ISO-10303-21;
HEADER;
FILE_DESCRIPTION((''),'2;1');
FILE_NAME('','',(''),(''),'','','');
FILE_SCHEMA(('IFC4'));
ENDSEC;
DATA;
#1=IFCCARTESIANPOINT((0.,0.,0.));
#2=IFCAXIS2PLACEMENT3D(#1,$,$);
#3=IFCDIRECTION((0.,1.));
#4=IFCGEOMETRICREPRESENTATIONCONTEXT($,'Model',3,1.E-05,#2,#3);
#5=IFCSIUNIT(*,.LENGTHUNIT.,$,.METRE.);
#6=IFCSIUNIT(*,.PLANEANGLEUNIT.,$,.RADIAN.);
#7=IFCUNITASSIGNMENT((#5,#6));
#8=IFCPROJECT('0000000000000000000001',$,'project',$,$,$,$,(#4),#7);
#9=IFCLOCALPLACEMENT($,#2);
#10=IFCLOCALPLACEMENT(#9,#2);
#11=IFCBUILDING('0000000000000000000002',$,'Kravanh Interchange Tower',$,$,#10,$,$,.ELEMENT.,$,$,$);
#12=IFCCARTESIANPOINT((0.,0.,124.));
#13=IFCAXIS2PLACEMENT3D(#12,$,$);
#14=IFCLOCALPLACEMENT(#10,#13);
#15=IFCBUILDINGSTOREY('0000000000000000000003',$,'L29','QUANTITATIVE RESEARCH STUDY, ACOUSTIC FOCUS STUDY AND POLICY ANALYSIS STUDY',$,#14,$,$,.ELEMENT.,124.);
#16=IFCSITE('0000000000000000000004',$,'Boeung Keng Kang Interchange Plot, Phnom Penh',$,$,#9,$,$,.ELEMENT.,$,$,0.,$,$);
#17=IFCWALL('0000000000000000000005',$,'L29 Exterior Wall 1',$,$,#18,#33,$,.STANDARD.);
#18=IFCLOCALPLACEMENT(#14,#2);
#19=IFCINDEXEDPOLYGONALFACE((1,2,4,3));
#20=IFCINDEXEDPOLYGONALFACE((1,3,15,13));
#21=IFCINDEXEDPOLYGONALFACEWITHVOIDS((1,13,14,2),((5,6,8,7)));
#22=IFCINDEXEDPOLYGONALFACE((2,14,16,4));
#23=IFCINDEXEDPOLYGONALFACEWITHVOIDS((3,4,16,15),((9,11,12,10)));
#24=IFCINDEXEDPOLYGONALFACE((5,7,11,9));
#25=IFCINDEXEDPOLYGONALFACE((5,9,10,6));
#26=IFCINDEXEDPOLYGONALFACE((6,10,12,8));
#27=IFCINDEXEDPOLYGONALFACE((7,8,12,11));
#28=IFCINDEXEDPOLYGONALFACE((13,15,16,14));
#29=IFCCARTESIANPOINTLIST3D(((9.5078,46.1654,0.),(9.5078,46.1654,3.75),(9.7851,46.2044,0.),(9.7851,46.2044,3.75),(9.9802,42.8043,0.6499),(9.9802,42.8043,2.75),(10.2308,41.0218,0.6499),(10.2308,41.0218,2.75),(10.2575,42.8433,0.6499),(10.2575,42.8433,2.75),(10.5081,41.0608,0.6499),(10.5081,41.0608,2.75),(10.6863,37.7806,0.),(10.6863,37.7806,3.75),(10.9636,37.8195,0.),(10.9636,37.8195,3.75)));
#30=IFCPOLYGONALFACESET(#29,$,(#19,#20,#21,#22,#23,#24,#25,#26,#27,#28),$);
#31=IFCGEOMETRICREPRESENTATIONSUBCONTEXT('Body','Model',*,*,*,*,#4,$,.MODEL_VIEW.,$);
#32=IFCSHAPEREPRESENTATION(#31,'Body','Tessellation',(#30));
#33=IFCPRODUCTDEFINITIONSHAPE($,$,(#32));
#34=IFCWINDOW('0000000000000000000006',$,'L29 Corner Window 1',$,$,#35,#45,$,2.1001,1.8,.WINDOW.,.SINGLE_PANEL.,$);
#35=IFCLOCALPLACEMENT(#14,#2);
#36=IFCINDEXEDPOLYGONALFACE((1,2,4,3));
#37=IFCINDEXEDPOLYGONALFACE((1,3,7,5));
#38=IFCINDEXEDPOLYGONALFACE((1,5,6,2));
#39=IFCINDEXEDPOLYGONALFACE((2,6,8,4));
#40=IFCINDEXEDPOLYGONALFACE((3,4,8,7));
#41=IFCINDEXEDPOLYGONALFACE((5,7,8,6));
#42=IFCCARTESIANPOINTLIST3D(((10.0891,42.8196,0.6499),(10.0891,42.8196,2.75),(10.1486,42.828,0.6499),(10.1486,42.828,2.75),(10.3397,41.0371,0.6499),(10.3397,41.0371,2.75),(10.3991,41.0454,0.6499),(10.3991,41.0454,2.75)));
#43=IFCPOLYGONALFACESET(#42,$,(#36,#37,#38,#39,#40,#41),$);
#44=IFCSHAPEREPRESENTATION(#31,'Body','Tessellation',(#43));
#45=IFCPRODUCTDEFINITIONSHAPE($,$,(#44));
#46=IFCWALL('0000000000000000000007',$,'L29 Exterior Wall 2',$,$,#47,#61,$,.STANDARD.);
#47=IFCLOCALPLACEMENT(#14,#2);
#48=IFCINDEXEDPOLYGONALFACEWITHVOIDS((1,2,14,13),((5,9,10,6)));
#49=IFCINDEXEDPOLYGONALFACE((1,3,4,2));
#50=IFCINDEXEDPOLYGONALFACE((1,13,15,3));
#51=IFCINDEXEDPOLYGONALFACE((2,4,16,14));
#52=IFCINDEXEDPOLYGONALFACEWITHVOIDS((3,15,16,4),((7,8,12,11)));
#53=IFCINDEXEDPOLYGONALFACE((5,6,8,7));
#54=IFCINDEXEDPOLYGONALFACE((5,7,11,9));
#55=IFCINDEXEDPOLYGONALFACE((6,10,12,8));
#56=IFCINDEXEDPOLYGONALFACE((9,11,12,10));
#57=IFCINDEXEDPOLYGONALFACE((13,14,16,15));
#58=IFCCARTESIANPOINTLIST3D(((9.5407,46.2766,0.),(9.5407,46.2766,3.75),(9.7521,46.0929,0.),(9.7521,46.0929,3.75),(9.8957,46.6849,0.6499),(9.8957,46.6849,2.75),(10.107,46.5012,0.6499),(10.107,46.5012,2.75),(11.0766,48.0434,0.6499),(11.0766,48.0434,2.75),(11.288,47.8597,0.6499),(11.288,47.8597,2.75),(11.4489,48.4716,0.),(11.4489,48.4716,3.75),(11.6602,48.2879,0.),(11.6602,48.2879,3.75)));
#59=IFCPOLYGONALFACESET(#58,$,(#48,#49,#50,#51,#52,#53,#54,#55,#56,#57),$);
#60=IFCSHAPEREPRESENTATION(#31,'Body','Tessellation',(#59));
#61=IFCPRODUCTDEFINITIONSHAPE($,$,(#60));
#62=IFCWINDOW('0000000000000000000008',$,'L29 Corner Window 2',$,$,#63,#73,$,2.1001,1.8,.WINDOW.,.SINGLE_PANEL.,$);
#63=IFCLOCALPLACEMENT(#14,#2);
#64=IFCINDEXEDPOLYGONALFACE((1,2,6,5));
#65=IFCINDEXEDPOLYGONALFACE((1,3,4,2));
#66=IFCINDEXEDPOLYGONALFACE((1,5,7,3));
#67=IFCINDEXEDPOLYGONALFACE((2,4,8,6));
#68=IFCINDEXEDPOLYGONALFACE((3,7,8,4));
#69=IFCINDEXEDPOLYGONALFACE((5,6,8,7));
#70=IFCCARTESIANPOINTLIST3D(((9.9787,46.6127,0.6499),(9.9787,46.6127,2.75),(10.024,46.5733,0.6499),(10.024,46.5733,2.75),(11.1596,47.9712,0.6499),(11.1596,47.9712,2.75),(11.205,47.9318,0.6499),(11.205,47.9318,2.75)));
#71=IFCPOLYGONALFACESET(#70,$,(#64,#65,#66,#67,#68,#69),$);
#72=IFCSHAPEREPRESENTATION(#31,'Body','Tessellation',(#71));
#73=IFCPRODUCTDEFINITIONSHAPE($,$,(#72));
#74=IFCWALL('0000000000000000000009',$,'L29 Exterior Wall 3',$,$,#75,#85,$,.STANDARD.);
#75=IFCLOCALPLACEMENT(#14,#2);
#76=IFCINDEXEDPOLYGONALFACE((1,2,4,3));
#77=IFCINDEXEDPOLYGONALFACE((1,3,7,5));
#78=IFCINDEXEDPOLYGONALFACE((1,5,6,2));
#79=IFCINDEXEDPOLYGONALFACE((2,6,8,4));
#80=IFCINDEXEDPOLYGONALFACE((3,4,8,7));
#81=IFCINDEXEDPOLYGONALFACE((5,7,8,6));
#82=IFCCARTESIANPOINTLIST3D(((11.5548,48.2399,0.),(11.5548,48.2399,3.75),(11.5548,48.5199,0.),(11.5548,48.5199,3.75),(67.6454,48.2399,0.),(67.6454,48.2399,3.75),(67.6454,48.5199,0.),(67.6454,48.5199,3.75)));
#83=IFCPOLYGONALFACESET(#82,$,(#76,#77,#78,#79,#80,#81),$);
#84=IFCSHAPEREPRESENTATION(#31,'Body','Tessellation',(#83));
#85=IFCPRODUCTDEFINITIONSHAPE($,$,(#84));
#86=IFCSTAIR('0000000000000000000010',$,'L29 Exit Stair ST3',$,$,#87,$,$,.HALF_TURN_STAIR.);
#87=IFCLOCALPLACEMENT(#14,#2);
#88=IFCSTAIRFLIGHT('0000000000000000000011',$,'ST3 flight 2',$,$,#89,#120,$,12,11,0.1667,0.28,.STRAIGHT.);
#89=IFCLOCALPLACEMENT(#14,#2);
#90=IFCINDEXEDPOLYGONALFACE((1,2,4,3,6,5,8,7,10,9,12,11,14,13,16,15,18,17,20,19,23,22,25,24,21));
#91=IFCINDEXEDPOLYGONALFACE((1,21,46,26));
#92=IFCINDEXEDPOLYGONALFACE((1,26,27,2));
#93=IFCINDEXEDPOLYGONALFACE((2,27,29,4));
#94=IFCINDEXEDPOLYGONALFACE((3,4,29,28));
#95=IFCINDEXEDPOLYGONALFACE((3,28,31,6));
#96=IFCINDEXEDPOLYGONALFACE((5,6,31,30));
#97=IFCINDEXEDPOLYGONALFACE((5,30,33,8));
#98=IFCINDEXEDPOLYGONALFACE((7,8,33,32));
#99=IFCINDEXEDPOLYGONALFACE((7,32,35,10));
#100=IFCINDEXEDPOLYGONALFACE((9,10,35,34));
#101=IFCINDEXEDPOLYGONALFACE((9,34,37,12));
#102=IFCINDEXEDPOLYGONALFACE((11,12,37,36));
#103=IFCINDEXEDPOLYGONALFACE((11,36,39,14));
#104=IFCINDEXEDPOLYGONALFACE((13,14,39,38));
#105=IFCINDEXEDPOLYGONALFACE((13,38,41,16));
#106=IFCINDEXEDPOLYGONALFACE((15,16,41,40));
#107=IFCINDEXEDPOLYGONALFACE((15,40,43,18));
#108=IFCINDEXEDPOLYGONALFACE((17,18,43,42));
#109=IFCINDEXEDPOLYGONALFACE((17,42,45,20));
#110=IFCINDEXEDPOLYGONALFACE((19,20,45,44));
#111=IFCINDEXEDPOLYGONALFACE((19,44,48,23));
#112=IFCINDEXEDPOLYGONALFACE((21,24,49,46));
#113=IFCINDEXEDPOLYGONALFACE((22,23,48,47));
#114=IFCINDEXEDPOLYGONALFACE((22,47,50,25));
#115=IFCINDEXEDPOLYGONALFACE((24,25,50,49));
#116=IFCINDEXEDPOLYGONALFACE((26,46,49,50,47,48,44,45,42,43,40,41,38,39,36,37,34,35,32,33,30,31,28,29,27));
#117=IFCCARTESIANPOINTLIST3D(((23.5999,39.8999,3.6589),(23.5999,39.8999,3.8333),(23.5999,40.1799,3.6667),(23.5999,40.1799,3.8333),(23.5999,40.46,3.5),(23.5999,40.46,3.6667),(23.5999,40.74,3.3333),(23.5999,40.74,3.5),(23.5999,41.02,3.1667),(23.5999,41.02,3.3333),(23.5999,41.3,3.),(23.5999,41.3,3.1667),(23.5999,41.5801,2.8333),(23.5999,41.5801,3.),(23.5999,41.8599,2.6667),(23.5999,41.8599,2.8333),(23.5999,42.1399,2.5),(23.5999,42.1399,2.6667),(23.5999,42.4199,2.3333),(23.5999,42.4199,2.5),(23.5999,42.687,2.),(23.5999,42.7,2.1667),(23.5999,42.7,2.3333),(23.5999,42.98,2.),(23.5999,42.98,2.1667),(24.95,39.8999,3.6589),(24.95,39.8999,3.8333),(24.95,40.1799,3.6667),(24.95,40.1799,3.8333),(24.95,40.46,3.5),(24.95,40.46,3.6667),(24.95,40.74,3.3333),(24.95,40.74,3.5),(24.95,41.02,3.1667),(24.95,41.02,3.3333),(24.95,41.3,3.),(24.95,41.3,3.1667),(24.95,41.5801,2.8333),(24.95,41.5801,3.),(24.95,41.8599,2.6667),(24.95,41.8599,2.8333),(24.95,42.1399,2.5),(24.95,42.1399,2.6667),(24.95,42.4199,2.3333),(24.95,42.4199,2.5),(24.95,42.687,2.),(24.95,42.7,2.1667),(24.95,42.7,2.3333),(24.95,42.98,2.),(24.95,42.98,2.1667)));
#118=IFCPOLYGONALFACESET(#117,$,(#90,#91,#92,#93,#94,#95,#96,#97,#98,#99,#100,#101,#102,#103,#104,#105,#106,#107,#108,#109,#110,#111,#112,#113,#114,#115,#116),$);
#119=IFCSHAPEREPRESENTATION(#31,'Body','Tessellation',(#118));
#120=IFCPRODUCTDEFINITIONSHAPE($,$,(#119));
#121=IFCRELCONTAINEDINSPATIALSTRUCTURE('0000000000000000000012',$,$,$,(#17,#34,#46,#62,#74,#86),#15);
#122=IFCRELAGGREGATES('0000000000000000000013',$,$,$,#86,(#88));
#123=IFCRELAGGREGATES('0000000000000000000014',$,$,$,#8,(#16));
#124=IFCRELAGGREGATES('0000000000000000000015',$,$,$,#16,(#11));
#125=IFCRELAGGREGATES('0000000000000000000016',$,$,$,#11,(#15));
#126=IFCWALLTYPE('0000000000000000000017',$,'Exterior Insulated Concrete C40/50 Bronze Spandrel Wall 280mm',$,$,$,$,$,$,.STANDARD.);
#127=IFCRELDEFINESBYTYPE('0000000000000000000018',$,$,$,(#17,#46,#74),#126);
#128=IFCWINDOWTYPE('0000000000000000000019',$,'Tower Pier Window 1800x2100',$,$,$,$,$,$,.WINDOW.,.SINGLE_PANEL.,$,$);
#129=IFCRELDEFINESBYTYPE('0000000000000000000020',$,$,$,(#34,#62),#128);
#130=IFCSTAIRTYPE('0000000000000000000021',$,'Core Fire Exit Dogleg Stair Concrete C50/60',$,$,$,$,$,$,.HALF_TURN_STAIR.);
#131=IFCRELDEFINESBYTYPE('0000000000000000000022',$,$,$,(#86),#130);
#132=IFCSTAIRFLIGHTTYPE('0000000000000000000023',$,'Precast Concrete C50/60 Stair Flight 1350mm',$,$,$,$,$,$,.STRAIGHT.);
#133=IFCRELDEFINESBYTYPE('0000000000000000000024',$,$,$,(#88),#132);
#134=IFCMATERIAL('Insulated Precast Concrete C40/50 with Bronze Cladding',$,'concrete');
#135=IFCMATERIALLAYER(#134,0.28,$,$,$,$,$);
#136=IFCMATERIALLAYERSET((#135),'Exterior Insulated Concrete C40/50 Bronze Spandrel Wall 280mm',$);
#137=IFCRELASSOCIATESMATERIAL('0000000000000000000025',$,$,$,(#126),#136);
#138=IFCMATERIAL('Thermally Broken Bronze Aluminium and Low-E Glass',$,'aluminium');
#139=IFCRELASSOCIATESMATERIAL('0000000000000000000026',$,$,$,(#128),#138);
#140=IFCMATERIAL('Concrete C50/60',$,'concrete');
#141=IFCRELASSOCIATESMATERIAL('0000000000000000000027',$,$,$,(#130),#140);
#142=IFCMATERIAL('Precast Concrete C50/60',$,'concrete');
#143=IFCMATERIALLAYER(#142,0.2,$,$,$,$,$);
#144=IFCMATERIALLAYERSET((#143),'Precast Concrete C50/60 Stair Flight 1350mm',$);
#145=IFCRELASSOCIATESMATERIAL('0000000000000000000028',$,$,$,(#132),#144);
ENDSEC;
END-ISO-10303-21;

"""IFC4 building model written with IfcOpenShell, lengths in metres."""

from ifc_helpers import new_model, si_unit, direction, frame, frame_2d, origin, place, context, subcontext, project, spatial, polyline, rectangle, outline, extrude, material, layer, layer_set, type_object, element, fill, aggregate, save


model = new_model("IFC4")

# Units and contexts
model_context = context("Model", 3, precision=1e-05, world=origin(), true_north=direction((0.0, 1.0)))
body_context = subcontext(model_context, "Body", "Model", "MODEL_VIEW")
ifc_project = project(units=[si_unit("LENGTHUNIT", "METRE"), si_unit("PLANEANGLEUNIT", "RADIAN")], contexts=[model_context])

# Site, building, storey
site_placement = place(None, origin())
site = spatial("IfcSite", under=ifc_project, at=site_placement, Name="Boeung Keng Kang Interchange Plot, Phnom Penh", CompositionType="ELEMENT", RefElevation=0.0)
building_placement = place(site_placement, origin())
building = spatial("IfcBuilding", under=site, at=building_placement, Name="Kravanh Interchange Tower", CompositionType="ELEMENT")
storey_placement = place(building_placement, frame((0.0, 0.0, 124.0)))
storey = spatial("IfcBuildingStorey", under=building, at=storey_placement, Name="L29", Description="QUANTITATIVE RESEARCH STUDY, ACOUSTIC FOCUS STUDY AND POLICY ANALYSIS STUDY", CompositionType="ELEMENT", Elevation=124.0)

# Walls, openings, windows
ifc_material_1 = material(Name="Insulated Precast Concrete C40/50 with Bronze Cladding", Category="concrete")
ifc_layer_1 = layer(ifc_material_1, 0.28)
ifc_layer_set_1 = layer_set([ifc_layer_1], Name="Exterior Insulated Concrete C40/50 Bronze Spandrel Wall 280mm")
wall_type_1 = type_object("IfcWallType", Name="Exterior Insulated Concrete C40/50 Bronze Spandrel Wall 280mm", PredefinedType="STANDARD", material=ifc_layer_set_1)
wall_1_placement = place(storey_placement, frame((10.825, 37.8, 0.0), z_axis=(0.0, 0.0, 1.0), x_axis=(-0.139181, 0.990267, 0.0)))
wall_1 = element("IfcWall", 1, at=wall_1_placement, inside=storey, type_object=wall_type_1, Name="L29 Exterior Wall 1", PredefinedType="STANDARD", context=body_context, shape_type="SweptSolid", body=[
    extrude(rectangle(XDim=8.4673, YDim=0.28, at=frame_2d((4.2336, 0.0))), origin(), (0.0, 0.0, 1.0), 3.75),
])
opening_1_placement = place(wall_1_placement, frame((3.2732, 0.0, 0.6499)))
opening_1 = element("IfcOpeningElement", 2, at=opening_1_placement, cuts=wall_1, PredefinedType="OPENING", context=body_context, shape_type="SweptSolid", body=[
    extrude(rectangle(XDim=1.8, YDim=2.1001, at=frame_2d((0.8999, 1.05))), frame((0.0, 0.1499, 0.0), z_axis=(0.0, -1.0, 0.0), x_axis=(1.0, 0.0, 0.0)), (0.0, 0.0, 1.0), 0.3),
])
ifc_material_2 = material(Name="Thermally Broken Bronze Aluminium and Low-E Glass", Category="aluminium")
window_type = type_object("IfcWindowType", Name="Tower Pier Window 1800x2100", PartitioningType="SINGLE_PANEL", PredefinedType="WINDOW", material=ifc_material_2)
window_1_placement = place(opening_1_placement, origin())
window_1 = element("IfcWindow", 3, at=window_1_placement, inside=storey, type_object=window_type, Name="L29 Corner Window 1", OverallHeight=2.1001, OverallWidth=1.8, PartitioningType="SINGLE_PANEL", PredefinedType="WINDOW", context=body_context, shape_type="SweptSolid", body=[
    extrude(rectangle(XDim=1.8, YDim=2.1001, at=frame_2d((0.8999, 1.05))), frame((0.0, 0.03, 0.0), z_axis=(0.0, -1.0, 0.0), x_axis=(1.0, 0.0, 0.0)), (0.0, 0.0, 1.0), 0.0601),
])
fill(opening_1, window_1)
wall_2_placement = place(storey_placement, frame((9.6465, 46.1848, 0.0), z_axis=(0.0, 0.0, 1.0), x_axis=(0.656071, 0.754699, 0.0)))
wall_2 = element("IfcWall", 4, at=wall_2_placement, inside=storey, type_object=wall_type_1, Name="L29 Exterior Wall 2", PredefinedType="STANDARD", context=body_context, shape_type="SweptSolid", body=[
    extrude(rectangle(XDim=2.9084, YDim=0.28, at=frame_2d((1.4541, 0.0))), origin(), (0.0, 0.0, 1.0), 3.75),
])
opening_2_placement = place(wall_2_placement, frame((0.541, 0.0, 0.6499)))
opening_2 = element("IfcOpeningElement", 5, at=opening_2_placement, cuts=wall_2, PredefinedType="OPENING", context=body_context, shape_type="SweptSolid", body=[
    extrude(rectangle(XDim=1.8, YDim=2.1001, at=frame_2d((0.8999, 1.05))), frame((0.0, 0.1499, 0.0), z_axis=(0.0, -1.0, 0.0), x_axis=(1.0, 0.0, 0.0)), (0.0, 0.0, 1.0), 0.3),
])
window_2_placement = place(opening_2_placement, origin())
window_2 = element("IfcWindow", 6, at=window_2_placement, inside=storey, type_object=window_type, Name="L29 Corner Window 2", OverallHeight=2.1001, OverallWidth=1.8, PartitioningType="SINGLE_PANEL", PredefinedType="WINDOW", context=body_context, shape_type="SweptSolid", body=[
    extrude(rectangle(XDim=1.8, YDim=2.1001, at=frame_2d((0.8999, 1.05))), frame((0.0, 0.03, 0.0), z_axis=(0.0, -1.0, 0.0), x_axis=(1.0, 0.0, 0.0)), (0.0, 0.0, 1.0), 0.0601),
])
fill(opening_2, window_2)

# Wall
wall_3_placement = place(storey_placement, frame((11.5547, 48.3799, 0.0), z_axis=(0.0, 0.0, 1.0), x_axis=(1.0, 0.0, 0.0)))
element("IfcWall", 7, at=wall_3_placement, inside=storey, type_object=wall_type_1, Name="L29 Exterior Wall 3", PredefinedType="STANDARD", context=body_context, shape_type="SweptSolid", body=[
    extrude(rectangle(XDim=56.0906, YDim=0.28, at=frame_2d((28.0454, 0.0))), origin(), (0.0, 0.0, 1.0), 3.75),
])

# Stair, stair flight
ifc_material_3 = material(Name="Concrete C50/60", Category="concrete")
stair_type = type_object("IfcStairType", Name="Core Fire Exit Dogleg Stair Concrete C50/60", PredefinedType="HALF_TURN_STAIR", material=ifc_material_3)
stair_placement = place(storey_placement, origin())
stair = element("IfcStair", 8, at=stair_placement, inside=storey, type_object=stair_type, Name="L29 Exit Stair ST3", PredefinedType="HALF_TURN_STAIR")
ifc_material_4 = material(Name="Precast Concrete C50/60", Category="concrete")
ifc_layer_2 = layer(ifc_material_4, 0.2)
ifc_layer_set_2 = layer_set([ifc_layer_2], Name="Precast Concrete C50/60 Stair Flight 1350mm")
stair_flight_type = type_object("IfcStairFlightType", Name="Precast Concrete C50/60 Stair Flight 1350mm", PredefinedType="STRAIGHT", material=ifc_layer_set_2)
stair_flight_placement = place(storey_placement, frame((24.2749, 42.98, 2.0), z_axis=(0.0, 0.0, 1.0), x_axis=(0.0, -1.0, 0.0)))
stair_flight = element("IfcStairFlight", 9, at=stair_flight_placement, type_object=stair_flight_type, Name="ST3 flight 2", NumberOfRisers=12, NumberOfTreads=11, PredefinedType="STRAIGHT", RiserHeight=0.1667, TreadLength=0.28, context=body_context, shape_type="SweptSolid", body=[
    extrude(outline(polyline([(0.0, 0.0), (0.0, 0.1667), (0.28, 0.1667), (0.28, 0.3333), (0.5601, 0.3333), (0.5601, 0.5), (0.8401, 0.5), (0.8401, 0.6667), (1.1201, 0.6667), (1.1201, 0.8333), (1.3999, 0.8333), (1.3999, 1.0), (1.6799, 1.0), (1.6799, 1.1667), (1.96, 1.1667), (1.96, 1.3333), (2.24, 1.3333), (2.24, 1.5), (2.52, 1.5), (2.52, 1.6667), (2.8, 1.6667), (2.8, 1.8333), (3.0801, 1.8333), (3.0801, 2.0), (3.0801, 1.6589), (0.293, 0.0), (0.0, 0.0)])), frame((0.0, 0.675, 0.0), z_axis=(0.0, -1.0, 0.0), x_axis=(1.0, 0.0, 0.0)), (0.0, 0.0, 1.0), 1.3501),
])
aggregate(stair, [stair_flight])

save(model, "model.ifc")
